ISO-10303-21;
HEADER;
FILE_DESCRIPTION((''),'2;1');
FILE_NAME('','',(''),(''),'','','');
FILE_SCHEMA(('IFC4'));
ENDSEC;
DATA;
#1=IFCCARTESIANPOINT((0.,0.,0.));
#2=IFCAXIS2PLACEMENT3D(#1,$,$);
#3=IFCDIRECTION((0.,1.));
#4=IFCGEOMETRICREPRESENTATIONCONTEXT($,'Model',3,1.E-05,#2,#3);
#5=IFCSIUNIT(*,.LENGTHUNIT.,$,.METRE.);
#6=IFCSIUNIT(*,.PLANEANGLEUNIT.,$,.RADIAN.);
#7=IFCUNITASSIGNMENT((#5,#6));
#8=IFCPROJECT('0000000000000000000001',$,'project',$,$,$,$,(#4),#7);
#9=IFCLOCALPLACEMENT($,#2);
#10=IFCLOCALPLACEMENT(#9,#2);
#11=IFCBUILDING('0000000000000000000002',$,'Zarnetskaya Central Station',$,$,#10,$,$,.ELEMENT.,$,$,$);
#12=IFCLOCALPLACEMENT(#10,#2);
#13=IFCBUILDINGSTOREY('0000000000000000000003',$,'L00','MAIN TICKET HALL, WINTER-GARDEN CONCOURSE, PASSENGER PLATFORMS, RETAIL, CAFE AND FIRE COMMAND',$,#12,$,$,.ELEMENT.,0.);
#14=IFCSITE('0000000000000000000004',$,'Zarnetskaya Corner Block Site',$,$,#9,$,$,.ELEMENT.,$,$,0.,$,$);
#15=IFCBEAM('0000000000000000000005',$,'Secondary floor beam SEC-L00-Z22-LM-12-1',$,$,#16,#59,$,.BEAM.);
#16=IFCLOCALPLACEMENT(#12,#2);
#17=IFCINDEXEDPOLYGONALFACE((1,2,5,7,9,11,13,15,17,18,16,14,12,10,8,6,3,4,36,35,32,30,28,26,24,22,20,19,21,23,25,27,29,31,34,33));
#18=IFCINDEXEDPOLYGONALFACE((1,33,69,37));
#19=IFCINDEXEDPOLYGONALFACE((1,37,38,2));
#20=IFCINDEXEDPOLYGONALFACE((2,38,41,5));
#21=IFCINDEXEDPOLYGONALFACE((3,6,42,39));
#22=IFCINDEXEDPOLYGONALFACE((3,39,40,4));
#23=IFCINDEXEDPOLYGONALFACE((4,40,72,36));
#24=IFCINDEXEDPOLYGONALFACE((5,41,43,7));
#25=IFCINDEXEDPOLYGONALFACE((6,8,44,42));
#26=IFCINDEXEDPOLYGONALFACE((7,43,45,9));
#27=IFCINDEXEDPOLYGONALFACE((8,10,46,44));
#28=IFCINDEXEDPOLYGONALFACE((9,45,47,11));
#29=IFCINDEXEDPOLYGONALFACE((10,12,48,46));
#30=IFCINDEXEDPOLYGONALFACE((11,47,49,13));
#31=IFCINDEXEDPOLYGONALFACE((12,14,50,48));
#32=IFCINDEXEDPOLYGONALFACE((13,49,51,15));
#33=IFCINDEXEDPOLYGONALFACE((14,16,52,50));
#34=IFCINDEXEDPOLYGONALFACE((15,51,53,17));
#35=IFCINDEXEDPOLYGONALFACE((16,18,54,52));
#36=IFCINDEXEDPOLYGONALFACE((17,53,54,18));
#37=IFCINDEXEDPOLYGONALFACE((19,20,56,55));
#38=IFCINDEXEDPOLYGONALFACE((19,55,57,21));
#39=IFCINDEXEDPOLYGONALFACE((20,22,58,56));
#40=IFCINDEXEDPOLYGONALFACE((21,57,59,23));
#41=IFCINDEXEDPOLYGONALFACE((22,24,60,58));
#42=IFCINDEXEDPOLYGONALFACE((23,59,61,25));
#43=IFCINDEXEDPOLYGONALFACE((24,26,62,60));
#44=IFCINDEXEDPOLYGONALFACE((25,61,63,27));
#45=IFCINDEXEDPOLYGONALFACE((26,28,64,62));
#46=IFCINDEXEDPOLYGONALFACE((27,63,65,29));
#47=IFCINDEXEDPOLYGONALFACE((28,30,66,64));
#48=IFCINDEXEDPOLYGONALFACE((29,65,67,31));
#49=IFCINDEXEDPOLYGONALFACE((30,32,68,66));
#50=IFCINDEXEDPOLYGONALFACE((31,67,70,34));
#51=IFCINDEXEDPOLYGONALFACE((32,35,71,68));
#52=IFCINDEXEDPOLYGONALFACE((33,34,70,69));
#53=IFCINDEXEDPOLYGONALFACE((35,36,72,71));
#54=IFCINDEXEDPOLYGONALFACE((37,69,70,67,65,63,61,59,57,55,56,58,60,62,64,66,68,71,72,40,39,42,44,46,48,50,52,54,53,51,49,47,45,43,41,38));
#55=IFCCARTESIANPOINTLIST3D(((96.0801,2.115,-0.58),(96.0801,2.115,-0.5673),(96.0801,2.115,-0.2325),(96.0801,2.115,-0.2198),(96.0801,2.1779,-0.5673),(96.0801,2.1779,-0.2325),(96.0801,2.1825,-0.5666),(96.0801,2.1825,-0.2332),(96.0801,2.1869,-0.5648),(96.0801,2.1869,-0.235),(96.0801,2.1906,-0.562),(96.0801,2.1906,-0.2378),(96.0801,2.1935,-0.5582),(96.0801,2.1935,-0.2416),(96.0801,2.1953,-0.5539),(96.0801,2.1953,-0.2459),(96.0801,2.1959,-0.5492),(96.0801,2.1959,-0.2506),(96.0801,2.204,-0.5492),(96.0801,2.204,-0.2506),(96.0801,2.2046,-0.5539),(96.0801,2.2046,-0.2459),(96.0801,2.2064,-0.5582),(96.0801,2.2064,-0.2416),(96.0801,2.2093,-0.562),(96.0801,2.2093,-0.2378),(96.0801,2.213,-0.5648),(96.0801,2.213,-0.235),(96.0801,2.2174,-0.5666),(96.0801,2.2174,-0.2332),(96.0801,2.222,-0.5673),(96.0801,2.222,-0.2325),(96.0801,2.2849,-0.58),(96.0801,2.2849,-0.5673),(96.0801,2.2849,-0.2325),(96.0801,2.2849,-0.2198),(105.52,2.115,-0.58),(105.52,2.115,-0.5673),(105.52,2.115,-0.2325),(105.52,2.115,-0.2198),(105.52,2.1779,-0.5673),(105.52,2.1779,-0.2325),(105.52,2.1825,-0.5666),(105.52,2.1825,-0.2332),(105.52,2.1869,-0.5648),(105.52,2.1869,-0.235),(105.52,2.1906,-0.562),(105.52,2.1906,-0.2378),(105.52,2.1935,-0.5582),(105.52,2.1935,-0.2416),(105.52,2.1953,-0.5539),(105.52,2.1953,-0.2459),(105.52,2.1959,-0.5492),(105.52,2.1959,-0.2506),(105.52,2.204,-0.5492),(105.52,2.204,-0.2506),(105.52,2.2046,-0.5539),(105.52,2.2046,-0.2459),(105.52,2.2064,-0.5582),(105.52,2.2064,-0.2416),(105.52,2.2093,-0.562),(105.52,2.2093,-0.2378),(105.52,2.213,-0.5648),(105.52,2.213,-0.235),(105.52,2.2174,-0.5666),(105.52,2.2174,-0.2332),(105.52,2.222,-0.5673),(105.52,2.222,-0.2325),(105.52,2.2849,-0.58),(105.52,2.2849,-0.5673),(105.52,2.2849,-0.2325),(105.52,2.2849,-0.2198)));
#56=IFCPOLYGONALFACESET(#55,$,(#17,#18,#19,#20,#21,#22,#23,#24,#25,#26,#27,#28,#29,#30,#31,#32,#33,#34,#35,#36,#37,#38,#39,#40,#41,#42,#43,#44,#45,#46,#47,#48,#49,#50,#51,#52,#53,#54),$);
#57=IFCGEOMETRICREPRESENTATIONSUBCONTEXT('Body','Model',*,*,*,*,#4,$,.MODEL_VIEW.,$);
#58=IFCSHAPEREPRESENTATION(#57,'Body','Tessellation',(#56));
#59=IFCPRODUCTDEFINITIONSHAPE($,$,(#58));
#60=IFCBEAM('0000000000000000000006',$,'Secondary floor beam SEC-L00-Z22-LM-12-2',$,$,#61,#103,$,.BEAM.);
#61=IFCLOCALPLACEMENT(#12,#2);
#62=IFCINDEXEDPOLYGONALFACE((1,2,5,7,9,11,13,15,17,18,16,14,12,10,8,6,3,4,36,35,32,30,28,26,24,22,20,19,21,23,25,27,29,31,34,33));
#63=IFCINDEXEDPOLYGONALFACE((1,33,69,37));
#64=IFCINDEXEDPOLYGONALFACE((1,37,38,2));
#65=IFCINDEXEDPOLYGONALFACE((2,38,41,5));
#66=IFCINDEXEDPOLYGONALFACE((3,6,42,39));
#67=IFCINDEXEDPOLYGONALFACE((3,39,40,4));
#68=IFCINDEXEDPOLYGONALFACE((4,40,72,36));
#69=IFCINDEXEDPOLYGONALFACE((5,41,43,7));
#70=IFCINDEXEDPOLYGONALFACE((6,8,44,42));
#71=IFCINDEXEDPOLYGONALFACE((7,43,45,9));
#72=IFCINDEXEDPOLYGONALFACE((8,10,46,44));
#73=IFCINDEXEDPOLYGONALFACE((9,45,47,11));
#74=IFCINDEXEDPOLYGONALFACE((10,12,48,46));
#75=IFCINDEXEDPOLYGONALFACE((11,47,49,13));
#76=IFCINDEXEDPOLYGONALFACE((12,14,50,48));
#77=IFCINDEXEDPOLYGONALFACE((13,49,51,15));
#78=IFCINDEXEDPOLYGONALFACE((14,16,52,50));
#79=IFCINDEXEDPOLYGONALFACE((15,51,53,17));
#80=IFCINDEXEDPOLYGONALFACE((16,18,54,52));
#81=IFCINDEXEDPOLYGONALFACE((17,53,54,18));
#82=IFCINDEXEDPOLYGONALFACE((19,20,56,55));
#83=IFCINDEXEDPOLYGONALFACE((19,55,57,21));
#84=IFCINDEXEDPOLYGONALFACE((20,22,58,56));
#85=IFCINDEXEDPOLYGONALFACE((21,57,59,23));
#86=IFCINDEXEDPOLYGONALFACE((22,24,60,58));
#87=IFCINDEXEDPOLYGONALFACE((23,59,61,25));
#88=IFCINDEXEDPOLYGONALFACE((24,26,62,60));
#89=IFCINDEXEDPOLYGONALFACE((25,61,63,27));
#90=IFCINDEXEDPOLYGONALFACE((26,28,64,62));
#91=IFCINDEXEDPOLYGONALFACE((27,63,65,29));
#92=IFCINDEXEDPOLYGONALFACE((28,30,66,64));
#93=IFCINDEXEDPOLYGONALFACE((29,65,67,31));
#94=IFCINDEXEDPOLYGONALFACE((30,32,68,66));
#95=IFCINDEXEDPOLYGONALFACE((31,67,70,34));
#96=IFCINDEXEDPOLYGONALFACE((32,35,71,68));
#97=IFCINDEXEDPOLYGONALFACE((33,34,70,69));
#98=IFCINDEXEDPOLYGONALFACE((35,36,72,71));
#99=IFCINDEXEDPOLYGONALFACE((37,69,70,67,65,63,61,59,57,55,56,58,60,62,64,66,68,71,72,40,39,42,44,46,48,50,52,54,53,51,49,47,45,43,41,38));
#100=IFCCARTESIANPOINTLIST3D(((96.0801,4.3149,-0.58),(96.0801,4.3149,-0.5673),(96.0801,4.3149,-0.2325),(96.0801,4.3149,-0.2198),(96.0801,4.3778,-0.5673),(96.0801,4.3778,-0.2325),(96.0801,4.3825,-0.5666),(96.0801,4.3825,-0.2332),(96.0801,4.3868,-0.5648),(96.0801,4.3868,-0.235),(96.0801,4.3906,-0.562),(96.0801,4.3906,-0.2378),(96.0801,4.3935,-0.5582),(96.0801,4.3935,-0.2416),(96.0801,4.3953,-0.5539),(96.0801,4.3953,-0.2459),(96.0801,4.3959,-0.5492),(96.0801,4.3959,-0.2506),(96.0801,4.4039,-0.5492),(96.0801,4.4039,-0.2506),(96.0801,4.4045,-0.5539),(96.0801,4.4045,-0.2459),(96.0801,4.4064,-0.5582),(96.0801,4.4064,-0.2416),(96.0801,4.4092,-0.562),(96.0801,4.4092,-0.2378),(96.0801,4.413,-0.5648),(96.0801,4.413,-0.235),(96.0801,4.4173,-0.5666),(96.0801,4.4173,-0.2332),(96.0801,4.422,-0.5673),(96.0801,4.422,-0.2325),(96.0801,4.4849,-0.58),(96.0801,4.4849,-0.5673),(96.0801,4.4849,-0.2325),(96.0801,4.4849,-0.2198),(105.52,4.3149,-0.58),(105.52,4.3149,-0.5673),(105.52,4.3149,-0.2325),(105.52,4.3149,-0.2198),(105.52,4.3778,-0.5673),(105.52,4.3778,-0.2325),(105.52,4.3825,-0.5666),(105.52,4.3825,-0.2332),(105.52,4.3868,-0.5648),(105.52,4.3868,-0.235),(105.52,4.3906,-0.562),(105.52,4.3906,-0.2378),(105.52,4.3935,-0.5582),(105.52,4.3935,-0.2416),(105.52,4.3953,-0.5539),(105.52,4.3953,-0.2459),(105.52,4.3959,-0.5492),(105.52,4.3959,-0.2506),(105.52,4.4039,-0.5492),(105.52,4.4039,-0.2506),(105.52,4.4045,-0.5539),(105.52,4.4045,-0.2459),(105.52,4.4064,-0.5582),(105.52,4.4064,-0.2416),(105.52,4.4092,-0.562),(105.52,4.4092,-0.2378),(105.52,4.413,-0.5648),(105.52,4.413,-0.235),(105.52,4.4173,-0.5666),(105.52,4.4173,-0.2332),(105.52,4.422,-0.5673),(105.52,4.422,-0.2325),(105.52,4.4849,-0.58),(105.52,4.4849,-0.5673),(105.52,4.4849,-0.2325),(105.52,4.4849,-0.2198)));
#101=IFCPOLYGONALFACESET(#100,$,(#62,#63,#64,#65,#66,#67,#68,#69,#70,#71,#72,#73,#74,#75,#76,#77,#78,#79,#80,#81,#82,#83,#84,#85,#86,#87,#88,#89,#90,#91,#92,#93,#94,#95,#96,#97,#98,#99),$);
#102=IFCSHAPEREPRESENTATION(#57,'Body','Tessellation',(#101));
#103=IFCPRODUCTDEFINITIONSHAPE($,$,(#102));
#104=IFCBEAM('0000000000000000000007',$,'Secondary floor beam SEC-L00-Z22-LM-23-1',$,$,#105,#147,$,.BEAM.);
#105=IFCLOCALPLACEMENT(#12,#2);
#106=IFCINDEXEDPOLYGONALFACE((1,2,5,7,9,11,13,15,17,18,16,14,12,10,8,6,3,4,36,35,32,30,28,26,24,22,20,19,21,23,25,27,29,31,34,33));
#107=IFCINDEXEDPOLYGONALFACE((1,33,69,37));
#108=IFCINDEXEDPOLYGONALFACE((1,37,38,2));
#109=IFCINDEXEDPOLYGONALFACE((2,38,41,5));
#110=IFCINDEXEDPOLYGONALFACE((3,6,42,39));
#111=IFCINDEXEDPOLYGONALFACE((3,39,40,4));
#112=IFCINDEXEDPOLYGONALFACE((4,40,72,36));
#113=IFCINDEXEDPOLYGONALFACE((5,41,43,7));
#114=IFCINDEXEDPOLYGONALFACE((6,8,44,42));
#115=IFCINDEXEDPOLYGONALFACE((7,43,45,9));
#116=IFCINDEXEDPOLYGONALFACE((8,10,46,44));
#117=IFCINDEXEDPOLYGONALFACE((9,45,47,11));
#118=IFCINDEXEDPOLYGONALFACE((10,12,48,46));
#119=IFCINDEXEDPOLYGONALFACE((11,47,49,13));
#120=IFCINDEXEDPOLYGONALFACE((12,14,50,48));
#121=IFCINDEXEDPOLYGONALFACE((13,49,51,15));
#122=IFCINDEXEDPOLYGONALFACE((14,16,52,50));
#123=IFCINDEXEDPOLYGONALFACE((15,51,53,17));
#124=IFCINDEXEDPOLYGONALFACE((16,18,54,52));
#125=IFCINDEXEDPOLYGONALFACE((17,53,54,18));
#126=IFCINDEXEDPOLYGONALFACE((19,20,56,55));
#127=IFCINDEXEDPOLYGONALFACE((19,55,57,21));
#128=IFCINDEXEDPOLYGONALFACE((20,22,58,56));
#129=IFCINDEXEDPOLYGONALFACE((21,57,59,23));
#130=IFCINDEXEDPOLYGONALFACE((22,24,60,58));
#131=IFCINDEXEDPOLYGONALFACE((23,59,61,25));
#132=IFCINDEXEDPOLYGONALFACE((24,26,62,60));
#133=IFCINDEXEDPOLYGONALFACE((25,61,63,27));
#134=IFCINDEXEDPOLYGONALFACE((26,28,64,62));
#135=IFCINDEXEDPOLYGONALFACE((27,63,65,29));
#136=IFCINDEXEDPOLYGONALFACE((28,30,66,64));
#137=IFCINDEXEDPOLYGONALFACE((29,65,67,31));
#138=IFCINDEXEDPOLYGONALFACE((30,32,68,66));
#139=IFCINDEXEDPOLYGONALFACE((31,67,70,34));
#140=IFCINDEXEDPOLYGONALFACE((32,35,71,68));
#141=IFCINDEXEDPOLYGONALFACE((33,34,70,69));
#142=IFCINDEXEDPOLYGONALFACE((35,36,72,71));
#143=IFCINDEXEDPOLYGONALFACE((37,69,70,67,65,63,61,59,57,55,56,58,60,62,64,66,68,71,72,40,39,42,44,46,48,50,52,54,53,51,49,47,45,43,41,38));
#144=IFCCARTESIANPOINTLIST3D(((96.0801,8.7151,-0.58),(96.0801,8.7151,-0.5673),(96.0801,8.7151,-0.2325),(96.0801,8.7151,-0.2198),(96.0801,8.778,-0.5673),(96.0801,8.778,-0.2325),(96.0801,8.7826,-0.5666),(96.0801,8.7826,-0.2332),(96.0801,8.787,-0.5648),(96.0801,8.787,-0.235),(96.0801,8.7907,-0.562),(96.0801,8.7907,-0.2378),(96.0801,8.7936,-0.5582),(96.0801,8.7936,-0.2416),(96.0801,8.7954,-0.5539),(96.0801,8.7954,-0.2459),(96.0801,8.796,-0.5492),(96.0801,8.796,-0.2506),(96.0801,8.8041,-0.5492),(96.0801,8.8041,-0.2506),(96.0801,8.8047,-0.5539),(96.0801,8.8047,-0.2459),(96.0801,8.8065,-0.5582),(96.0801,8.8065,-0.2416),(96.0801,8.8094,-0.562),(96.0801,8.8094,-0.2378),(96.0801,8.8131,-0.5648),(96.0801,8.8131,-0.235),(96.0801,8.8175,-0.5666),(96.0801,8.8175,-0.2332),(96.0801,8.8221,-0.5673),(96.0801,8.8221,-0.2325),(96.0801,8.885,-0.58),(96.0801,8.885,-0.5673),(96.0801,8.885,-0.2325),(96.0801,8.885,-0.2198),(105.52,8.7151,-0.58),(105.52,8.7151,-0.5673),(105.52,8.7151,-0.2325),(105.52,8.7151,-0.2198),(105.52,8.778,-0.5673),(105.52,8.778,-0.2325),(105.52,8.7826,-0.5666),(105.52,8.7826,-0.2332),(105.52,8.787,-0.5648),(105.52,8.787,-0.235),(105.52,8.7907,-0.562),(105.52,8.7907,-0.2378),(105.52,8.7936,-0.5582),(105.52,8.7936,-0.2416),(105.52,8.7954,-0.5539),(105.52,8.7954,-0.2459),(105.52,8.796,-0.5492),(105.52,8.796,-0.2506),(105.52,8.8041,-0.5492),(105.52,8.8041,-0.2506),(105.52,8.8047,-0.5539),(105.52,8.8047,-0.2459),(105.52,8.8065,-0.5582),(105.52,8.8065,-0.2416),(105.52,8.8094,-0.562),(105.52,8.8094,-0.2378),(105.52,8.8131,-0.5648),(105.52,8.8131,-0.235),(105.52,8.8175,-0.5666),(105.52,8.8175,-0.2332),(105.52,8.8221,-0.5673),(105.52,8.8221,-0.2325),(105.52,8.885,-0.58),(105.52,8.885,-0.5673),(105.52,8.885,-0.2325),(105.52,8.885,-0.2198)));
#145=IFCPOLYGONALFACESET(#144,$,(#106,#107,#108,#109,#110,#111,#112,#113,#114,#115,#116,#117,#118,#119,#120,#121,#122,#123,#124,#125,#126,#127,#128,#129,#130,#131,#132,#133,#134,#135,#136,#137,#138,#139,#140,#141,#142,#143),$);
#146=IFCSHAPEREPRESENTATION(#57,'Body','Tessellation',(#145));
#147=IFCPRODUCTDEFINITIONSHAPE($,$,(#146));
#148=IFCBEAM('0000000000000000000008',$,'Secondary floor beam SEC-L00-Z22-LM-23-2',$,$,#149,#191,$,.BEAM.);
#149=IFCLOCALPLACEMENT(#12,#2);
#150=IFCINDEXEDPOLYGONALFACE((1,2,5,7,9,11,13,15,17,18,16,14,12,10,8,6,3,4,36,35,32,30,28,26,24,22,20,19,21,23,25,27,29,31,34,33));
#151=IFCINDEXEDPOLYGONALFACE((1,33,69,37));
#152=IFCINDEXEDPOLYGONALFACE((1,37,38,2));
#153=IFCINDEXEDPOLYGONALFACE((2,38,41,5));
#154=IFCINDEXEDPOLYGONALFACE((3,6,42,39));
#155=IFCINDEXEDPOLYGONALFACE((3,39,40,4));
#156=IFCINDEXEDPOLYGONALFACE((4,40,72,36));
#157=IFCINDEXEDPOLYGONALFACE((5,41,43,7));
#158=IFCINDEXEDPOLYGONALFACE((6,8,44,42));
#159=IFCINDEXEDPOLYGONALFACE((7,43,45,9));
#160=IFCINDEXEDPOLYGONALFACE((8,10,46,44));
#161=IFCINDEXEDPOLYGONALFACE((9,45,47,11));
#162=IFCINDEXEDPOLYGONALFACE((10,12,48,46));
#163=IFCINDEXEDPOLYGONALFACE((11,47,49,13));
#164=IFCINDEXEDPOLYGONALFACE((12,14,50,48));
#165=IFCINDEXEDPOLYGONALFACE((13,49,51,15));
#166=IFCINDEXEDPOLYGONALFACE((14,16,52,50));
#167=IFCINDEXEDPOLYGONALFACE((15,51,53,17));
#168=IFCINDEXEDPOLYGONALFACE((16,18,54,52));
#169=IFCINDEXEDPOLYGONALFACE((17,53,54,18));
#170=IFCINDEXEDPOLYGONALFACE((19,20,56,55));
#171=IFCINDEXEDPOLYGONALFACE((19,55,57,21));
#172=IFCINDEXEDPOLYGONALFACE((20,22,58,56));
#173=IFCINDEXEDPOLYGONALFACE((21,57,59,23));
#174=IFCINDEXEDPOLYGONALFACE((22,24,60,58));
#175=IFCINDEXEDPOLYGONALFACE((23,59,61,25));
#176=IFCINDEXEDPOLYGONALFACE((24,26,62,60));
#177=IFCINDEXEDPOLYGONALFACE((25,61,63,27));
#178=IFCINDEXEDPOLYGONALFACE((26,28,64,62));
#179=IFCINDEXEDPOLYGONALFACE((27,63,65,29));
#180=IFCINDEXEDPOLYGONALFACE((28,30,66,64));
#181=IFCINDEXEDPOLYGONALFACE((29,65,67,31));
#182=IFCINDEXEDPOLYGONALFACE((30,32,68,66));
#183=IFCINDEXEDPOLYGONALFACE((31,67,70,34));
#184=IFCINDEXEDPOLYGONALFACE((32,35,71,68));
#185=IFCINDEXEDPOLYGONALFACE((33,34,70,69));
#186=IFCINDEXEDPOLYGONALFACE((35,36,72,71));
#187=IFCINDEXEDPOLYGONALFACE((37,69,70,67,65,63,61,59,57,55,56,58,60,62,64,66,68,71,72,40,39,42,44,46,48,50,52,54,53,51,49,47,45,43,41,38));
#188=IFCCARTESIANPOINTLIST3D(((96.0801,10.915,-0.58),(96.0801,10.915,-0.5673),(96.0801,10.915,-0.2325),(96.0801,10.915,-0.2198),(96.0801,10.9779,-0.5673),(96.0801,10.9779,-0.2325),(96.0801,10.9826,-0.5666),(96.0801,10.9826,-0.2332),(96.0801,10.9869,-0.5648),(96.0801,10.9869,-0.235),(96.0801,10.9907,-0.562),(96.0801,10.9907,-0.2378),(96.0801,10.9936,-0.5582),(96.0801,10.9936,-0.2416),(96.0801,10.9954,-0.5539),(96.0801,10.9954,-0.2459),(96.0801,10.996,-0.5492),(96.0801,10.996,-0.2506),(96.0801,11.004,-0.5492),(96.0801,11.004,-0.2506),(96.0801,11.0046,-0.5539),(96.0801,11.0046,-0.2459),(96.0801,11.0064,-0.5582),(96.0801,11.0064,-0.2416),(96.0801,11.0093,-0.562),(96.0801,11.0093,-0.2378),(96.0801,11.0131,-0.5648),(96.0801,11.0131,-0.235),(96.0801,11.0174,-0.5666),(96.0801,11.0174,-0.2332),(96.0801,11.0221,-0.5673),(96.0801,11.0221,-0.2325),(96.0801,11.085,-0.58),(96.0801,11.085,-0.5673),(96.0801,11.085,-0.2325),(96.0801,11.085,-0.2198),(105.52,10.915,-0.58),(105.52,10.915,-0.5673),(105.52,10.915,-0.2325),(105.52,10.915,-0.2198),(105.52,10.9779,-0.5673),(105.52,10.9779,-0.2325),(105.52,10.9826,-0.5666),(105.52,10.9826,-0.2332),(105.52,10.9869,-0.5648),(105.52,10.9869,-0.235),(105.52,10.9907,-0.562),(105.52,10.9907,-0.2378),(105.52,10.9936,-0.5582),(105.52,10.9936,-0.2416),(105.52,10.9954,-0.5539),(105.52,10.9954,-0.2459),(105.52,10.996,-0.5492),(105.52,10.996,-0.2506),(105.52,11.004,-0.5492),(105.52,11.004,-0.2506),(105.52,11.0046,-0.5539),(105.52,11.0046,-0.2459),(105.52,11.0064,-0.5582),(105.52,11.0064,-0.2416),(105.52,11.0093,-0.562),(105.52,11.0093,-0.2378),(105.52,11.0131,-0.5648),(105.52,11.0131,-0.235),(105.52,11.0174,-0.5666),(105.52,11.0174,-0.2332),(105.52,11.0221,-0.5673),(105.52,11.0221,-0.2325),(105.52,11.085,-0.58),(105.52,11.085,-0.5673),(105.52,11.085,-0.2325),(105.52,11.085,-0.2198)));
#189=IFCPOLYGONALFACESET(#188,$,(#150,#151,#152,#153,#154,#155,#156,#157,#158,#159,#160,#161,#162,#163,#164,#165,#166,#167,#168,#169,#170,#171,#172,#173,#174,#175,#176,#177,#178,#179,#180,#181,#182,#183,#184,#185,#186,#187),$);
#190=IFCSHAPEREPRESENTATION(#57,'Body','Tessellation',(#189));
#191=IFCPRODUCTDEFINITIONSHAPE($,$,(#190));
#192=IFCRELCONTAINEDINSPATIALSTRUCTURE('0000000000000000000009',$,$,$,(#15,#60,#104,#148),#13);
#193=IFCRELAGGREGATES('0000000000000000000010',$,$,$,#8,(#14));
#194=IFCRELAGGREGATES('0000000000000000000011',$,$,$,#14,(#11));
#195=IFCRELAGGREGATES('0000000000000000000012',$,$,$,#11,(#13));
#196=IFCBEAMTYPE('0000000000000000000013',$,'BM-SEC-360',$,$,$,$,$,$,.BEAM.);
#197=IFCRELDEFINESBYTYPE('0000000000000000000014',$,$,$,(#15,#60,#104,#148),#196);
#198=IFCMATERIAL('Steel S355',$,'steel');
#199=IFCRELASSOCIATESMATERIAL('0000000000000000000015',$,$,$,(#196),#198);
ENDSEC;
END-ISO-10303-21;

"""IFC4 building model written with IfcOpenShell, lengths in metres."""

from ifc_helpers import new_model, si_unit, direction, frame, origin, origin_2d, place, context, subcontext, project, spatial, i_section, extrude, material, material_profile, profile_set, type_object, element, save


model = new_model("IFC4")

# Units and contexts
model_context = context("Model", 3, precision=1e-05, world=origin(), true_north=direction((0.0, 1.0)))
body_context = subcontext(model_context, "Body", "Model", "MODEL_VIEW")
ifc_project = project(units=[si_unit("LENGTHUNIT", "METRE"), si_unit("PLANEANGLEUNIT", "RADIAN")], contexts=[model_context])

# Site, building, storey
site_placement = place(None, origin())
site = spatial("IfcSite", under=ifc_project, at=site_placement, Name="Zarnetskaya Corner Block Site", CompositionType="ELEMENT", RefElevation=0.0)
building_placement = place(site_placement, origin())
building = spatial("IfcBuilding", under=site, at=building_placement, Name="Zarnetskaya Central Station", CompositionType="ELEMENT")
storey_placement = place(building_placement, origin())
storey = spatial("IfcBuildingStorey", under=building, at=storey_placement, Name="L00", Description="MAIN TICKET HALL, WINTER-GARDEN CONCOURSE, PASSENGER PLATFORMS, RETAIL, CAFE AND FIRE COMMAND", CompositionType="ELEMENT", Elevation=0.0)

# Shared definitions
ifc_material_1 = material(Name="Steel S355", Category="steel")

# Beams
ifc_material_profile_1 = material_profile(ifc_material_1, i_section(OverallWidth=0.1699, OverallDepth=0.3601, WebThickness=0.0081, FlangeThickness=0.0127, FilletRadius=0.0181, at=origin_2d()), Name="IPE 360")
ifc_profile_set_1 = profile_set([ifc_material_profile_1], Name="Steel S355")
beam_type_1 = type_object("IfcBeamType", Name="BM-SEC-360", PredefinedType="BEAM", material=ifc_profile_set_1)
for number, where, z_axis, x_axis, name in (
    (1, (96.0801, 2.2, -0.3999), (1.0, 0.0, 0.0), (0.0, 1.0, 0.0), "Secondary floor beam SEC-L00-Z22-LM-12-1"),
    (2, (96.0801, 4.3999, -0.3999), (1.0, 0.0, 0.0), (0.0, 1.0, 0.0), "Secondary floor beam SEC-L00-Z22-LM-12-2"),
    (3, (96.0801, 8.8, -0.3999), (1.0, 0.0, 0.0), (0.0, 1.0, 0.0), "Secondary floor beam SEC-L00-Z22-LM-23-1"),
    (4, (96.0801, 11.0, -0.3999), (1.0, 0.0, 0.0), (0.0, 1.0, 0.0), "Secondary floor beam SEC-L00-Z22-LM-23-2"),
):
    element("IfcBeam", number, at=place(storey_placement, frame(where, z_axis=z_axis, x_axis=x_axis)), inside=storey, type_object=beam_type_1, Name=name, PredefinedType="BEAM", context=body_context, shape_type="SweptSolid", body=[
        extrude(i_section(OverallWidth=0.1699, OverallDepth=0.3601, WebThickness=0.0081, FlangeThickness=0.0127, FilletRadius=0.0181, at=origin_2d()), origin(), (0.0, 0.0, 1.0), 9.4399),
    ])

save(model, "model.ifc")
